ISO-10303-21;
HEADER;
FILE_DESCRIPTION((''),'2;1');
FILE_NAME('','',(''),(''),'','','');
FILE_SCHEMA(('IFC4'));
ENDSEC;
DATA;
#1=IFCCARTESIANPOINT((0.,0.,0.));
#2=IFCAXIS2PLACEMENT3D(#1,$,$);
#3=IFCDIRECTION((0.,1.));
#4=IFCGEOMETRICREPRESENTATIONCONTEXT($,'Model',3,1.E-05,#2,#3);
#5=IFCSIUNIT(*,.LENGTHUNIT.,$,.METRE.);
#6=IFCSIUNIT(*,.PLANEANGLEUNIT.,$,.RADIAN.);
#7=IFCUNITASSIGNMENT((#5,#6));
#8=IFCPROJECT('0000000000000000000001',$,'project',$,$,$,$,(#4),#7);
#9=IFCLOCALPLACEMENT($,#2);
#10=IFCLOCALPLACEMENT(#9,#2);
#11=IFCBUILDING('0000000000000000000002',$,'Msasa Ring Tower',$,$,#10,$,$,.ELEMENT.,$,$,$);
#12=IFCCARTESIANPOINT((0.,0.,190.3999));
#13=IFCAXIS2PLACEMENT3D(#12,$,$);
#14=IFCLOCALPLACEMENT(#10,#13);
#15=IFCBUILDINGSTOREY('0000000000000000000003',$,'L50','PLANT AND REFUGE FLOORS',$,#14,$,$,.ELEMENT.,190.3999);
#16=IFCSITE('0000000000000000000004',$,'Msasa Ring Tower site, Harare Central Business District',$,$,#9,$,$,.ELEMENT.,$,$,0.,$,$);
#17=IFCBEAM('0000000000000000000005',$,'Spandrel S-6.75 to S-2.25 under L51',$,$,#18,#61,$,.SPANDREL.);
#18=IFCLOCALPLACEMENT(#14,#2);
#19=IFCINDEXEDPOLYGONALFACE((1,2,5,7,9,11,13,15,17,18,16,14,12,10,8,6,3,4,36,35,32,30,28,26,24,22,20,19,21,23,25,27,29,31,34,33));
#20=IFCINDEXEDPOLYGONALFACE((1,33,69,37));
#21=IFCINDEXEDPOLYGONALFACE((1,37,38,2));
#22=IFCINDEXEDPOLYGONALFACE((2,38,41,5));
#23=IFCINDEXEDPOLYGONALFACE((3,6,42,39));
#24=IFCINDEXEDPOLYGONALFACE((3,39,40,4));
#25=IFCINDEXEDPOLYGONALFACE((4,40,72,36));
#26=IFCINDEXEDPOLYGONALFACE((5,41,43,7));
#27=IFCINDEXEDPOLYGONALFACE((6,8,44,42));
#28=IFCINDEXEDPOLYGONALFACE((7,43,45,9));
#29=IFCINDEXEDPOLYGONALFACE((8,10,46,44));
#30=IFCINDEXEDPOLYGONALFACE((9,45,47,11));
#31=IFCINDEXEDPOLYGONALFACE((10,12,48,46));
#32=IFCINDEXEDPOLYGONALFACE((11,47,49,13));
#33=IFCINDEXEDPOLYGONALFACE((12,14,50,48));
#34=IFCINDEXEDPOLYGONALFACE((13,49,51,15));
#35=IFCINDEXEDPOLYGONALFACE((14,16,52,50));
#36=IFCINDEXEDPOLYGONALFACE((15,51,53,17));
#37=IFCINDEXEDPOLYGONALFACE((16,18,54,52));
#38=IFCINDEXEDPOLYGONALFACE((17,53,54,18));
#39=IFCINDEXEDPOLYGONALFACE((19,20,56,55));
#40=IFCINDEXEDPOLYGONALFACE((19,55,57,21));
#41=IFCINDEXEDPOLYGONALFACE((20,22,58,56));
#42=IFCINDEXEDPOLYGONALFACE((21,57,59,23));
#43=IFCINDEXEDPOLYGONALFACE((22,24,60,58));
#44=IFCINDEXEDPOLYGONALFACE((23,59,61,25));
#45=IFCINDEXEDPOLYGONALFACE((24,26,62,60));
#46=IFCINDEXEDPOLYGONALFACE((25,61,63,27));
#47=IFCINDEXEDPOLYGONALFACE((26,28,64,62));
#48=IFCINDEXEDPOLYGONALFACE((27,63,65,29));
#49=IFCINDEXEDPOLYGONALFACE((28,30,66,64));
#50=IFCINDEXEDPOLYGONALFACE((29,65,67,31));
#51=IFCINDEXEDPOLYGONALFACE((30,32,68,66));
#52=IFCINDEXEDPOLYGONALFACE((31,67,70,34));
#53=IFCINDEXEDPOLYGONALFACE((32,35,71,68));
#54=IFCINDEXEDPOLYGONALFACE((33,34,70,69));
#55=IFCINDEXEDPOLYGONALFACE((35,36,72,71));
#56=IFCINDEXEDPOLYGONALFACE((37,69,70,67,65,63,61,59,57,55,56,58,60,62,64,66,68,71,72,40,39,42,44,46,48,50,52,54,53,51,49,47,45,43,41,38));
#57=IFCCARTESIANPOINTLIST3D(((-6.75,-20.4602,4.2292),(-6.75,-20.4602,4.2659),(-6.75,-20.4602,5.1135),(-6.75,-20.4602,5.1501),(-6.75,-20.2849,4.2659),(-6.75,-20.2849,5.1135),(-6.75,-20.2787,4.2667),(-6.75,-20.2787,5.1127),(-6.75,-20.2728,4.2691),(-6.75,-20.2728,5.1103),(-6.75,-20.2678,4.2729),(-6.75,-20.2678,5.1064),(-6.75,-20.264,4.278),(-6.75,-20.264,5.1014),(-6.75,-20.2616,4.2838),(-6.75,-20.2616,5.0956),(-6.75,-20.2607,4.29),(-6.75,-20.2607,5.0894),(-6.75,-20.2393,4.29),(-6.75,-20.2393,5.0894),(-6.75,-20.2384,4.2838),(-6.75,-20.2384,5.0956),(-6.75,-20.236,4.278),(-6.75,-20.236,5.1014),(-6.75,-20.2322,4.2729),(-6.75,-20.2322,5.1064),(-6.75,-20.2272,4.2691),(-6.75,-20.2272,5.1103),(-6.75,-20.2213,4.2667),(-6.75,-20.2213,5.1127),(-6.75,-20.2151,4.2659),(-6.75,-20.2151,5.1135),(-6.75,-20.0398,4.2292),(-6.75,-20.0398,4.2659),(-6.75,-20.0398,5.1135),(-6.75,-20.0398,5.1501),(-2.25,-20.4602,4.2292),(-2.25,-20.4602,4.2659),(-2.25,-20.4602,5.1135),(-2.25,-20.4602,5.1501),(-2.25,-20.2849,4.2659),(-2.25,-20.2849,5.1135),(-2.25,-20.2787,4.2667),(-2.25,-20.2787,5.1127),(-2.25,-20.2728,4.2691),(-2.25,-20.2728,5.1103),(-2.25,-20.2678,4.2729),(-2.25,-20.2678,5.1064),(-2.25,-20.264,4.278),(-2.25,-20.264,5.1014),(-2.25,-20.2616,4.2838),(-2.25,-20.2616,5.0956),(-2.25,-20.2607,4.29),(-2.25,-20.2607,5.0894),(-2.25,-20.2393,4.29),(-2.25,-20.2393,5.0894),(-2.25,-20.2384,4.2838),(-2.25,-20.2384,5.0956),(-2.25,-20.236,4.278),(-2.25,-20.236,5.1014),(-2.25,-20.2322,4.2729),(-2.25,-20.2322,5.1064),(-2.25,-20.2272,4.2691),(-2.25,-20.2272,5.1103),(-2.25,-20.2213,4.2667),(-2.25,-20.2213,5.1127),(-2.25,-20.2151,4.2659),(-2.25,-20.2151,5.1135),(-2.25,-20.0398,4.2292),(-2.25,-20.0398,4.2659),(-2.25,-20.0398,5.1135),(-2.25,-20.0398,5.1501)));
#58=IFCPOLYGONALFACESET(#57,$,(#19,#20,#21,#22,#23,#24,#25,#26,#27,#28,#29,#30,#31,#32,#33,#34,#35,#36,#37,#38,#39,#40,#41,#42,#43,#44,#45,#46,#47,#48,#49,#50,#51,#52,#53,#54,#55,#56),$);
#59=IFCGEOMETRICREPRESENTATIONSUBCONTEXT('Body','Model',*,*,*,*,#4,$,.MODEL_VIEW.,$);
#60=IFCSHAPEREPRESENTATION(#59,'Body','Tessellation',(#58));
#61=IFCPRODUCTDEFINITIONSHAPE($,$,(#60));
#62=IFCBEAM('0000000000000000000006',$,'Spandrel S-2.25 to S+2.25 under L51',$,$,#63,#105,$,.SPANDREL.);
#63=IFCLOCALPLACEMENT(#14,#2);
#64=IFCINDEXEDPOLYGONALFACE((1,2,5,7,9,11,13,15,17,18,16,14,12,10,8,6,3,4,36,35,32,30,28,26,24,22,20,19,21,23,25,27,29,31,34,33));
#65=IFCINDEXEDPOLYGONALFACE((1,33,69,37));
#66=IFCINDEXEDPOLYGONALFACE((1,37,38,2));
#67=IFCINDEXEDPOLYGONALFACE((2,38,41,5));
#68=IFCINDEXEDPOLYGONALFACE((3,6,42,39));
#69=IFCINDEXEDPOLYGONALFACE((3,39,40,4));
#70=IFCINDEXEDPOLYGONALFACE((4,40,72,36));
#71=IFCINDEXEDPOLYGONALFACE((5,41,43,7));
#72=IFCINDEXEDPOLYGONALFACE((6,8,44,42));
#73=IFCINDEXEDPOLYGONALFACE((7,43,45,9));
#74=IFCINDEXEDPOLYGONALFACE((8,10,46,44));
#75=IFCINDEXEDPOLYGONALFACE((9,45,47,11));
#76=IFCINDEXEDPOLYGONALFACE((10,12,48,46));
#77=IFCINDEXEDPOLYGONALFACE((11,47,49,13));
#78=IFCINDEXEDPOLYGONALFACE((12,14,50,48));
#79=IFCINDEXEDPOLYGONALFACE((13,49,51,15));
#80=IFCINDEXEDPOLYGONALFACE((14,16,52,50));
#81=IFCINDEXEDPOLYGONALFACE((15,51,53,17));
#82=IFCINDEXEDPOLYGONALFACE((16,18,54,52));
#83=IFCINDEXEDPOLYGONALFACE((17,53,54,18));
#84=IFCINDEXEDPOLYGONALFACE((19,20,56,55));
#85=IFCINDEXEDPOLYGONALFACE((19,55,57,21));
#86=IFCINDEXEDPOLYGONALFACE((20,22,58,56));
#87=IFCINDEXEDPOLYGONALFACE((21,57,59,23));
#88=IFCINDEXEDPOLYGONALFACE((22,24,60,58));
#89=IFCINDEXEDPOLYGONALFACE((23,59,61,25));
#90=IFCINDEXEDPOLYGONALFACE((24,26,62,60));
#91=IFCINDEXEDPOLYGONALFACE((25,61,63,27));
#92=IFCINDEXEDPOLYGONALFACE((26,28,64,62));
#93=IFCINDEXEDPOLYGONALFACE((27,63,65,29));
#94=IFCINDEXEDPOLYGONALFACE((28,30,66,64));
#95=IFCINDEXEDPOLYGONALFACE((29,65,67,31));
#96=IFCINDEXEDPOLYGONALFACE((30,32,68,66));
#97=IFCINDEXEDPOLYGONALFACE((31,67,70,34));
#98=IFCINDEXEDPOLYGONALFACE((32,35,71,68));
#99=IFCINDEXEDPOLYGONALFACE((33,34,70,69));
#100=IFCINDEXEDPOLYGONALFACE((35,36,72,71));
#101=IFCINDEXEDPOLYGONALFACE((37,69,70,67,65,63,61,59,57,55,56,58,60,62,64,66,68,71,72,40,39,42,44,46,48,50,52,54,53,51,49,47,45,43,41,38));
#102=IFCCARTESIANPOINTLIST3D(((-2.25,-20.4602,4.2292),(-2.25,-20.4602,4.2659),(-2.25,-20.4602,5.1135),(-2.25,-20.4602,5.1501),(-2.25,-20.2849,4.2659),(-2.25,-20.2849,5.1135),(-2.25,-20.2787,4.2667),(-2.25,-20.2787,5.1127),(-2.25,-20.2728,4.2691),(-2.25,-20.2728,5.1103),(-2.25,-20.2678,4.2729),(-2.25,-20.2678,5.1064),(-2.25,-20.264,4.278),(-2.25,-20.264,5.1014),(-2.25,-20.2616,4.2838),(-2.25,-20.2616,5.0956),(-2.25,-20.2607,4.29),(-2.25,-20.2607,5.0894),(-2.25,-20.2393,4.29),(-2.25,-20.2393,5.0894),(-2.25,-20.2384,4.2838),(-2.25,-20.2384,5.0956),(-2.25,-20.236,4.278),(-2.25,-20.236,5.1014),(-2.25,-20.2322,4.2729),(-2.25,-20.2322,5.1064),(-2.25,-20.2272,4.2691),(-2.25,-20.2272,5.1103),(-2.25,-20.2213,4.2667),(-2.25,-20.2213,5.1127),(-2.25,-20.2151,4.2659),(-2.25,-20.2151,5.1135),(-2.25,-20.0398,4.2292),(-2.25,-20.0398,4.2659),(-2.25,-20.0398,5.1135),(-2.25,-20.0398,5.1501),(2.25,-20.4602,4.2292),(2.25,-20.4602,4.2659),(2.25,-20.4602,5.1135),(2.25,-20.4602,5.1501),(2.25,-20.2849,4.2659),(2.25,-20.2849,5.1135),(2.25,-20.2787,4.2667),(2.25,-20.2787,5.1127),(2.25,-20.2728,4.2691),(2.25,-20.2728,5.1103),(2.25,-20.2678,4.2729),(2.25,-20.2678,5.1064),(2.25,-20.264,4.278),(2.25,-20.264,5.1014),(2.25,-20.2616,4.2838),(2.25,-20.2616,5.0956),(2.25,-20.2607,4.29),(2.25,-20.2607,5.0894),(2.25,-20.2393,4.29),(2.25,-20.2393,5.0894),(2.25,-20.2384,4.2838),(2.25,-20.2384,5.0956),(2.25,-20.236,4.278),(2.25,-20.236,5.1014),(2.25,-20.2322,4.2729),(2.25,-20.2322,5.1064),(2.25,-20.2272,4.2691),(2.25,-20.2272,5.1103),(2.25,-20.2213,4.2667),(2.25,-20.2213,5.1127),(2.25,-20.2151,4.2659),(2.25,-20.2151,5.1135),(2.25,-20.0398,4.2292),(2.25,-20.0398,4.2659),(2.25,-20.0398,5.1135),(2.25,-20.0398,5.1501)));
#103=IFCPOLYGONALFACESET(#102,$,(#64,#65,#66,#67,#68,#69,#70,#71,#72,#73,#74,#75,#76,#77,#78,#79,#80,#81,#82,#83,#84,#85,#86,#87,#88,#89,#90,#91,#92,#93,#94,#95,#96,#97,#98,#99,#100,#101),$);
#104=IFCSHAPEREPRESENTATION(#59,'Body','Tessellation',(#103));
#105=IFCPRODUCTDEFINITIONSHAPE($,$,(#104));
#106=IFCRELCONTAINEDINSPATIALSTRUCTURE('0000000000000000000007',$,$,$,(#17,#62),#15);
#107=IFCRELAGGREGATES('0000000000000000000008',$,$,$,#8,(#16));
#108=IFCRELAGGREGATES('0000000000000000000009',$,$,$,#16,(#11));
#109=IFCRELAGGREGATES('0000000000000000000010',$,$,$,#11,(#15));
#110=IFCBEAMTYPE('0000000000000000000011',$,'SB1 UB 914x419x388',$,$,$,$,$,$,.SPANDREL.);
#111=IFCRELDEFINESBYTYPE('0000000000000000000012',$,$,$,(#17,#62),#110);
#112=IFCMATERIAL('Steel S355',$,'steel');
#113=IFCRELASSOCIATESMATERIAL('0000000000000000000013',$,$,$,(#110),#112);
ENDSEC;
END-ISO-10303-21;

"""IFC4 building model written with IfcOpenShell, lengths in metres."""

from ifc_helpers import new_model, si_unit, direction, frame, origin, origin_2d, place, context, subcontext, project, spatial, i_section, extrude, material, material_profile, profile_set, type_object, element, save


model = new_model("IFC4")

# Units and contexts
model_context = context("Model", 3, precision=1e-05, world=origin(), true_north=direction((0.0, 1.0)))
body_context = subcontext(model_context, "Body", "Model", "MODEL_VIEW")
ifc_project = project(units=[si_unit("LENGTHUNIT", "METRE"), si_unit("PLANEANGLEUNIT", "RADIAN")], contexts=[model_context])

# Site, building, storey
site_placement = place(None, origin())
site = spatial("IfcSite", under=ifc_project, at=site_placement, Name="Msasa Ring Tower site, Harare Central Business District", CompositionType="ELEMENT", RefElevation=0.0)
building_placement = place(site_placement, origin())
building = spatial("IfcBuilding", under=site, at=building_placement, Name="Msasa Ring Tower", CompositionType="ELEMENT")
storey_placement = place(building_placement, frame((0.0, 0.0, 190.3999)))
storey = spatial("IfcBuildingStorey", under=building, at=storey_placement, Name="L50", Description="PLANT AND REFUGE FLOORS", CompositionType="ELEMENT", Elevation=190.3999)

# Beams
ifc_material_1 = material(Name="Steel S355", Category="steel")
ifc_material_profile_1 = material_profile(ifc_material_1, i_section(OverallWidth=0.4204, OverallDepth=0.9209, WebThickness=0.0215, FlangeThickness=0.0366, FilletRadius=0.0242, at=origin_2d()), Name="UB 914x419x388")
ifc_profile_set_1 = profile_set([ifc_material_profile_1], Name="Steel S355")
beam_type_1 = type_object("IfcBeamType", Name="SB1 UB 914x419x388", PredefinedType="SPANDREL", material=ifc_profile_set_1)
for number, where, z_axis, x_axis, name in (
    (1, (-6.75, -20.25, 4.6897), (1.0, 0.0, 0.0), (0.0, 1.0, 0.0), "Spandrel S-6.75 to S-2.25 under L51"),
    (2, (-2.25, -20.25, 4.6897), (1.0, 0.0, 0.0), (0.0, 1.0, 0.0), "Spandrel S-2.25 to S+2.25 under L51"),
):
    element("IfcBeam", number, at=place(storey_placement, frame(where, z_axis=z_axis, x_axis=x_axis)), inside=storey, type_object=beam_type_1, Name=name, PredefinedType="SPANDREL", context=body_context, shape_type="SweptSolid", body=[
        extrude(i_section(OverallWidth=0.4204, OverallDepth=0.9209, WebThickness=0.0215, FlangeThickness=0.0366, FilletRadius=0.0242, at=origin_2d()), origin(), (0.0, 0.0, 1.0), 4.5),
    ])

save(model, "model.ifc")
